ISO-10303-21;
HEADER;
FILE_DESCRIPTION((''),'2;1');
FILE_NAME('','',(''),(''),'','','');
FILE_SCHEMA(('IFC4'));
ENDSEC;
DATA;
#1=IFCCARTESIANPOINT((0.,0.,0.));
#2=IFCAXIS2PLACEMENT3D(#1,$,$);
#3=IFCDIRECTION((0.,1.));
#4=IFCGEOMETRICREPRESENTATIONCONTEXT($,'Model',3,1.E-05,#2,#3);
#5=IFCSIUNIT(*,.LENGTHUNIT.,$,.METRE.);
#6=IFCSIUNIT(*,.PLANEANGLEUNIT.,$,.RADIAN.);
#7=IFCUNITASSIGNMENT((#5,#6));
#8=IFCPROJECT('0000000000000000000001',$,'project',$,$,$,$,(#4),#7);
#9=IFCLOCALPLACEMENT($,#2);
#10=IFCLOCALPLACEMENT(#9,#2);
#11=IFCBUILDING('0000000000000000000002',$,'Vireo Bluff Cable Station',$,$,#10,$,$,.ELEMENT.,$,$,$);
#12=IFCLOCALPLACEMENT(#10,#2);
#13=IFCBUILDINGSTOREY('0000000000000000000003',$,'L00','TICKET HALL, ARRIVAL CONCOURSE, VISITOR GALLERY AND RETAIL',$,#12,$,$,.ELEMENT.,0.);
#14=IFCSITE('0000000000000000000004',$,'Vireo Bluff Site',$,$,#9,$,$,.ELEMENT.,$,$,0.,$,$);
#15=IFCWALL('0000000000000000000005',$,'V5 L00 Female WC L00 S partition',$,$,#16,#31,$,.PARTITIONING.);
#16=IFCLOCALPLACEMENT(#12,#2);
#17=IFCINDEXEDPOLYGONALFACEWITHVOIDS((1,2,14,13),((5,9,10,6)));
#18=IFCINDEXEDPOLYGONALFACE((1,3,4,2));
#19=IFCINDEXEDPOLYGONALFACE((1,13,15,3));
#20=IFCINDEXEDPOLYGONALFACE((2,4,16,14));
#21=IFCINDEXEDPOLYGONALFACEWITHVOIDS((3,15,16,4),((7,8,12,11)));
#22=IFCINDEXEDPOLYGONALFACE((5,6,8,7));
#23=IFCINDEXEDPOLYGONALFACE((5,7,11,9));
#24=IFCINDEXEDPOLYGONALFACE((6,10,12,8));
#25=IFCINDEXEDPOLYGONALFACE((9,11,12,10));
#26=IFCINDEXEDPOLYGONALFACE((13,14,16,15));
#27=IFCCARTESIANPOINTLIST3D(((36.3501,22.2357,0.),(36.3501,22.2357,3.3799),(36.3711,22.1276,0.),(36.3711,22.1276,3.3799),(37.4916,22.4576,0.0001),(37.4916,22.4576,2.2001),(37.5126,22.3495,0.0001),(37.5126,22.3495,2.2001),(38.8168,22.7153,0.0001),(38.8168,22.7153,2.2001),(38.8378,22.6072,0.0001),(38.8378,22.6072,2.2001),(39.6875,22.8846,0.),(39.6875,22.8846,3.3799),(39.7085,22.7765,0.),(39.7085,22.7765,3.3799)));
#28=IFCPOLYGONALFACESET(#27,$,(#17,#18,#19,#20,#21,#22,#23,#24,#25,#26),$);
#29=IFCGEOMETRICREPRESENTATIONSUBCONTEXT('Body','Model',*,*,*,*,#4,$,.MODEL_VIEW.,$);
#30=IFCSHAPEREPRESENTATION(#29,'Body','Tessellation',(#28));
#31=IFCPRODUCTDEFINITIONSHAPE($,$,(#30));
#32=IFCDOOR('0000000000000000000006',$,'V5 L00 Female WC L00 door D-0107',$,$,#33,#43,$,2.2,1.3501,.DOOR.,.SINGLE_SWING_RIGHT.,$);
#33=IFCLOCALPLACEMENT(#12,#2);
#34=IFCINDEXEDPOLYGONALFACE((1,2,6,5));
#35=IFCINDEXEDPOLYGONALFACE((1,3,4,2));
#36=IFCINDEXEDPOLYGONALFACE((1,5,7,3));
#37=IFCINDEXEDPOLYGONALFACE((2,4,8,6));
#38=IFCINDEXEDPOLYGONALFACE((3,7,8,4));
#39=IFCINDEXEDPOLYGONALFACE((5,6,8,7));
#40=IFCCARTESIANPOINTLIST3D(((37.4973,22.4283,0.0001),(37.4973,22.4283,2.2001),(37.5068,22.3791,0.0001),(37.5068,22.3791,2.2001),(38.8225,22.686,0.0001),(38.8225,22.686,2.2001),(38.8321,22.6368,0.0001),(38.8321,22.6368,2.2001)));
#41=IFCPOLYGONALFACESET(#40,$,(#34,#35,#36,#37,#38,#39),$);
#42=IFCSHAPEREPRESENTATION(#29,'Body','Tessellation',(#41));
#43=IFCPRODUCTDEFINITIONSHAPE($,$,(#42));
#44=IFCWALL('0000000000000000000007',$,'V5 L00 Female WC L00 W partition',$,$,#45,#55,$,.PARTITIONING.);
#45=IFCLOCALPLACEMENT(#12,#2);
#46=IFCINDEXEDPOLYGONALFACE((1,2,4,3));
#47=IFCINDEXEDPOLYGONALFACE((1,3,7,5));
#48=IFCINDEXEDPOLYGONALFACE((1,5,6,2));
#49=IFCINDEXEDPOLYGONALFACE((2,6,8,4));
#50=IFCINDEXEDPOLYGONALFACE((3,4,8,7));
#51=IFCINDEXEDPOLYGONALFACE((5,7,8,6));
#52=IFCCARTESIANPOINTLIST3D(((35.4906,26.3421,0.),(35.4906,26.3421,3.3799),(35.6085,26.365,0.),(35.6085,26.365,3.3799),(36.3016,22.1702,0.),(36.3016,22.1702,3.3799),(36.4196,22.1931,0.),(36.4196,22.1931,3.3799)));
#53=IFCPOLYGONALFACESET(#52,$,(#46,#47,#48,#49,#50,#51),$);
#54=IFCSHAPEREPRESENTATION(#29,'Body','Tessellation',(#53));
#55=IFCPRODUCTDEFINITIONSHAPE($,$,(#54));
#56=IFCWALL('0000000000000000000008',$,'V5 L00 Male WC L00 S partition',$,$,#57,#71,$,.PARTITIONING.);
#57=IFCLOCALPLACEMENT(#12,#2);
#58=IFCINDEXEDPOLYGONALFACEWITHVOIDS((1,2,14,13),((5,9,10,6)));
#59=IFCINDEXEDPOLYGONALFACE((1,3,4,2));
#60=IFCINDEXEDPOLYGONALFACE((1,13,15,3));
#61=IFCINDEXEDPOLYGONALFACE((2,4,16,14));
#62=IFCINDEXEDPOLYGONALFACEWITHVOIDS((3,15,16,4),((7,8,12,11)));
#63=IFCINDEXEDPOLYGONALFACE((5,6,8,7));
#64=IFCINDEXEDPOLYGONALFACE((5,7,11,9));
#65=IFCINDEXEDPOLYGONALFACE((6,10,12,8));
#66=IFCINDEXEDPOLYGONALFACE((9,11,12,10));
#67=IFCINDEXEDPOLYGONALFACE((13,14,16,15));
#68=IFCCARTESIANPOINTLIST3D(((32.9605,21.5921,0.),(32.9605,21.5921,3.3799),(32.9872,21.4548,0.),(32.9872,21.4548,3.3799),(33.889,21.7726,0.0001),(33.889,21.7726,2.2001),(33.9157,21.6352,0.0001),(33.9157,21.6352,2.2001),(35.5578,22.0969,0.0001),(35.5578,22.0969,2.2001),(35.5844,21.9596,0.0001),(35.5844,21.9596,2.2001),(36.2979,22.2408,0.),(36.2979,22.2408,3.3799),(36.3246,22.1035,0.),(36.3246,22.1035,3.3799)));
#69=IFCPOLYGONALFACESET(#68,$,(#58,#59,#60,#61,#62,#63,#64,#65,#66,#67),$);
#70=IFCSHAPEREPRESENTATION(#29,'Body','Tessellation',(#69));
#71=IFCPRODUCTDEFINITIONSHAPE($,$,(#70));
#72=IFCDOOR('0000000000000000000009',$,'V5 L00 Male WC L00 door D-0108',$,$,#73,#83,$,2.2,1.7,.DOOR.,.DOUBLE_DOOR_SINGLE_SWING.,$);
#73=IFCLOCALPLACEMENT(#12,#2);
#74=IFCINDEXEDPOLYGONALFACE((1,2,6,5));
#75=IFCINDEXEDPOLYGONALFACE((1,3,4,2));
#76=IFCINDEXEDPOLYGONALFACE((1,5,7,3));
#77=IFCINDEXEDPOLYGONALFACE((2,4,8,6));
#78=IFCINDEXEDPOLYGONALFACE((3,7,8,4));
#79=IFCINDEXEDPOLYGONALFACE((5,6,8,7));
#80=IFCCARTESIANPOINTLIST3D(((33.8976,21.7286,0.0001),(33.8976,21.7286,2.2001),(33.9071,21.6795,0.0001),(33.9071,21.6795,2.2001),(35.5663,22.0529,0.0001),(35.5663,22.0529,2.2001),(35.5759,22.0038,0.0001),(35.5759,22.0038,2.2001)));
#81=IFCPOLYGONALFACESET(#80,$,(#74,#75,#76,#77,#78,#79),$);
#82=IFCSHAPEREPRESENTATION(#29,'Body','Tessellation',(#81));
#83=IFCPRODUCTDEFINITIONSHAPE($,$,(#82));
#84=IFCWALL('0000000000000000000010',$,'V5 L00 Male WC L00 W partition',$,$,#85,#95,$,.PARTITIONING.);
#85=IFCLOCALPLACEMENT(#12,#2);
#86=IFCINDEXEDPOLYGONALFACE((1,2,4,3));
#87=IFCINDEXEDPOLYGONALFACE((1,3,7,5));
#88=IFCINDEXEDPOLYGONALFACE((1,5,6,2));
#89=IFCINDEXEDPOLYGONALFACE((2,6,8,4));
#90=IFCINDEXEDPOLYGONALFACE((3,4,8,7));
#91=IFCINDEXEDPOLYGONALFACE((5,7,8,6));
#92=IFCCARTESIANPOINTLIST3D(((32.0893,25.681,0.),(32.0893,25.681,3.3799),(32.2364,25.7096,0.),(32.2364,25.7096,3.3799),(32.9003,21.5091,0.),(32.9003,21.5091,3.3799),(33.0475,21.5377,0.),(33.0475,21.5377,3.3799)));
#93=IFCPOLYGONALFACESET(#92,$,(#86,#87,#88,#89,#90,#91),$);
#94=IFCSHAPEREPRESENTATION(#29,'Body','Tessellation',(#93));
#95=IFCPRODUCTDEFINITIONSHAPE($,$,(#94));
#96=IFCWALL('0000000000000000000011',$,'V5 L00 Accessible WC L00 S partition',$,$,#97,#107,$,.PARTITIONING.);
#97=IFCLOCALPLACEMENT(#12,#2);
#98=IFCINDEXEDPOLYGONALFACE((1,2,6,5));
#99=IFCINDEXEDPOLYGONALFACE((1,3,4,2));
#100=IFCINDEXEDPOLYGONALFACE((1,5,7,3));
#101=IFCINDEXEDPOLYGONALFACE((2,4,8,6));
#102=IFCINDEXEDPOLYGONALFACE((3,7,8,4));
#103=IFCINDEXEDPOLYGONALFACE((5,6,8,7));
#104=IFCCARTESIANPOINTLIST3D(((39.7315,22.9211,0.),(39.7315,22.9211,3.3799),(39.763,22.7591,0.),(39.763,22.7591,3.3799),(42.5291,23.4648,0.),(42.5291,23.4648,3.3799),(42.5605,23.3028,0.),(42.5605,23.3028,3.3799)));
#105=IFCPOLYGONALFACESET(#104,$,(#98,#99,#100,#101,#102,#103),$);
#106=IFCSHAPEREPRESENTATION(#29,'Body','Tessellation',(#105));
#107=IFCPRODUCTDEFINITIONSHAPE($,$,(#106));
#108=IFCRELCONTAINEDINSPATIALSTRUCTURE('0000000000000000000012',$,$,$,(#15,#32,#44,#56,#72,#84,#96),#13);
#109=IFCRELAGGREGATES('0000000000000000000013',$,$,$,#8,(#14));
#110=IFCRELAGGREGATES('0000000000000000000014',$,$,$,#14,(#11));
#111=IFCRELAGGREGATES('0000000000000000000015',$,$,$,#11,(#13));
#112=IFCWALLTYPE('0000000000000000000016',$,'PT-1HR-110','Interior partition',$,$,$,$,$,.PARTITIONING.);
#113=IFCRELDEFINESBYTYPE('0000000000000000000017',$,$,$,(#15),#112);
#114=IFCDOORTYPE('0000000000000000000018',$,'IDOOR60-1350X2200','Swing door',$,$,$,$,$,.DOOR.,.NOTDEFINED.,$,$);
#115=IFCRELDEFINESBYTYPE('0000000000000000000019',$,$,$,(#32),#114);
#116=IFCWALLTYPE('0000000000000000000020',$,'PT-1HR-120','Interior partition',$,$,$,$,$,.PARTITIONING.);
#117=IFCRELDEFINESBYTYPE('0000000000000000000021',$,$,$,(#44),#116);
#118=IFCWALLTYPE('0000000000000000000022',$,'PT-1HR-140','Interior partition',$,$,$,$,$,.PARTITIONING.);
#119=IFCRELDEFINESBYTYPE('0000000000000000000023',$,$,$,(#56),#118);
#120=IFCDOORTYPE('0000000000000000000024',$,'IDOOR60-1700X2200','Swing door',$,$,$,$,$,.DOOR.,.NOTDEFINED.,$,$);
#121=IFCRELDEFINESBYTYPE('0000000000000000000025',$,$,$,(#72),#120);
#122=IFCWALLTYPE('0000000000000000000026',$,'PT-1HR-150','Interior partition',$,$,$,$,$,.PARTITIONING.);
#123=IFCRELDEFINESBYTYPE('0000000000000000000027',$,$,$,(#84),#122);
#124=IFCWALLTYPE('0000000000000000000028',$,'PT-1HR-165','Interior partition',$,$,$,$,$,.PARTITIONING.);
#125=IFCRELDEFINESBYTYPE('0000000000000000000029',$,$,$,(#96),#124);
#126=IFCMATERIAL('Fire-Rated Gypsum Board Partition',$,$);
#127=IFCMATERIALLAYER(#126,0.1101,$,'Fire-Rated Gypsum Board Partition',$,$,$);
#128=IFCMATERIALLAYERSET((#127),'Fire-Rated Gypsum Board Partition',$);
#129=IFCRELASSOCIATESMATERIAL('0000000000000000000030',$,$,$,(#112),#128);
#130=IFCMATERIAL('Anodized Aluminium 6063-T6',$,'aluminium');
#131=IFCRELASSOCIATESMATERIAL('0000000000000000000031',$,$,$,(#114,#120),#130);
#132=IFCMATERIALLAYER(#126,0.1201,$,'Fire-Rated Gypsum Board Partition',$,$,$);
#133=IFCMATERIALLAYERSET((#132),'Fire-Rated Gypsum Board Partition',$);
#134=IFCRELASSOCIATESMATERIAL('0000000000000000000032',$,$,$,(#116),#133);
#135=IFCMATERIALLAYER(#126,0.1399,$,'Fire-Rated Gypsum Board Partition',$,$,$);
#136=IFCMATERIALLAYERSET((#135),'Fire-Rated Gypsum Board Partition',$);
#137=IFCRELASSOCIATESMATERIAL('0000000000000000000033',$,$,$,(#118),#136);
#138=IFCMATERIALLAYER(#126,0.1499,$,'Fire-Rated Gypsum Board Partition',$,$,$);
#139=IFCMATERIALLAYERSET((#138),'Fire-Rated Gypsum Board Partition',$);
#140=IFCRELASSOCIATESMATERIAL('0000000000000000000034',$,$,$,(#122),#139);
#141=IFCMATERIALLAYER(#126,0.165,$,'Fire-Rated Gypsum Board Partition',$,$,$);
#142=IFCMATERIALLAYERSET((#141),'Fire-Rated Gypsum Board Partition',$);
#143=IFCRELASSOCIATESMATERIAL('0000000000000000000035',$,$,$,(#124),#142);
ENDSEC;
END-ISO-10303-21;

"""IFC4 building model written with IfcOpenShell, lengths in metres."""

from ifc_helpers import new_model, si_unit, direction, frame, frame_2d, origin, origin_with_axes, place, context, subcontext, project, spatial, rectangle, extrude, material, layer, layer_set, type_object, element, fill, save


model = new_model("IFC4")

# Units and contexts
model_context = context("Model", 3, precision=1e-05, world=origin(), true_north=direction((0.0, 1.0)))
body_context = subcontext(model_context, "Body", "Model", "MODEL_VIEW")
ifc_project = project(units=[si_unit("LENGTHUNIT", "METRE"), si_unit("PLANEANGLEUNIT", "RADIAN")], contexts=[model_context])

# Site, building, storey
site_placement = place(None, origin())
site = spatial("IfcSite", under=ifc_project, at=site_placement, Name="Vireo Bluff Site", CompositionType="ELEMENT", RefElevation=0.0)
building_placement = place(site_placement, origin())
building = spatial("IfcBuilding", under=site, at=building_placement, Name="Vireo Bluff Cable Station", CompositionType="ELEMENT")
storey_placement = place(building_placement, origin())
storey = spatial("IfcBuildingStorey", under=building, at=storey_placement, Name="L00", Description="TICKET HALL, ARRIVAL CONCOURSE, VISITOR GALLERY AND RETAIL", CompositionType="ELEMENT", Elevation=0.0)

# Wall, opening, door
ifc_material_1 = material(Name="Fire-Rated Gypsum Board Partition")
ifc_layer_1 = layer(ifc_material_1, 0.1101, Name="Fire-Rated Gypsum Board Partition")
ifc_layer_set_1 = layer_set([ifc_layer_1], Name="Fire-Rated Gypsum Board Partition")
wall_type_1 = type_object("IfcWallType", Name="PT-1HR-110", Description="Interior partition", PredefinedType="PARTITIONING", material=ifc_layer_set_1)
wall_1_placement = place(storey_placement, frame((39.698, 22.8306, 0.0), z_axis=(0.0, 0.0, 1.0), x_axis=(-0.981616, -0.190866, 0.0)))
wall_1 = element("IfcWall", 1, at=wall_1_placement, inside=storey, type_object=wall_type_1, Name="V5 L00 Female WC L00 S partition", PredefinedType="PARTITIONING", context=body_context, shape_type="SweptSolid", body=[
    extrude(rectangle(XDim=3.3999, YDim=0.1101, at=frame_2d((1.7, 0.0))), origin(), (0.0, 0.0, 1.0), 3.3799),
])
opening_1_placement = place(wall_1_placement, frame((0.887, 0.0, 0.0)))
opening_1 = element("IfcOpeningElement", 2, at=opening_1_placement, cuts=wall_1, PredefinedType="OPENING", context=body_context, shape_type="SweptSolid", body=[
    extrude(rectangle(XDim=1.3501, YDim=2.2, at=frame_2d((0.675, 1.1001))), frame((0.0, 0.0649, 0.0), z_axis=(0.0, -1.0, 0.0), x_axis=(1.0, 0.0, 0.0)), (0.0, 0.0, 1.0), 0.1301),
])
ifc_material_2 = material(Name="Anodized Aluminium 6063-T6", Category="aluminium")
door_type_1 = type_object("IfcDoorType", Name="IDOOR60-1350X2200", Description="Swing door", OperationType="NOTDEFINED", PredefinedType="DOOR", material=ifc_material_2)
door_1_placement = place(opening_1_placement, origin_with_axes())
door_1 = element("IfcDoor", 3, at=door_1_placement, inside=storey, type_object=door_type_1, Name="V5 L00 Female WC L00 door D-0107", OperationType="SINGLE_SWING_RIGHT", OverallHeight=2.2, OverallWidth=1.3501, PredefinedType="DOOR", context=body_context, shape_type="SweptSolid", body=[
    extrude(rectangle(XDim=1.3501, YDim=2.2, at=frame_2d((0.675, 1.1001))), frame((0.0, 0.0249, 0.0), z_axis=(0.0, -1.0, 0.0), x_axis=(1.0, 0.0, 0.0)), (0.0, 0.0, 1.0), 0.05),
])
fill(opening_1, door_1)

# Wall
ifc_layer_2 = layer(ifc_material_1, 0.1201, Name="Fire-Rated Gypsum Board Partition")
ifc_layer_set_2 = layer_set([ifc_layer_2], Name="Fire-Rated Gypsum Board Partition")
wall_type_2 = type_object("IfcWallType", Name="PT-1HR-120", Description="Interior partition", PredefinedType="PARTITIONING", material=ifc_layer_set_2)
wall_2_placement = place(storey_placement, frame((36.3606, 22.1816, 0.0), z_axis=(0.0, 0.0, 1.0), x_axis=(-0.190833, 0.981623, 0.0)))
element("IfcWall", 4, at=wall_2_placement, inside=storey, type_object=wall_type_2, Name="V5 L00 Female WC L00 W partition", PredefinedType="PARTITIONING", context=body_context, shape_type="SweptSolid", body=[
    extrude(rectangle(XDim=4.25, YDim=0.1201, at=frame_2d((2.125, 0.0))), origin(), (0.0, 0.0, 1.0), 3.3799),
])

# Wall, opening, door
ifc_layer_3 = layer(ifc_material_1, 0.1399, Name="Fire-Rated Gypsum Board Partition")
ifc_layer_set_3 = layer_set([ifc_layer_3], Name="Fire-Rated Gypsum Board Partition")
wall_type_3 = type_object("IfcWallType", Name="PT-1HR-140", Description="Interior partition", PredefinedType="PARTITIONING", material=ifc_layer_set_3)
wall_3_placement = place(storey_placement, frame((36.3113, 22.1721, 0.0), z_axis=(0.0, 0.0, 1.0), x_axis=(-0.98163, -0.190797, 0.0)))
wall_3 = element("IfcWall", 5, at=wall_3_placement, inside=storey, type_object=wall_type_3, Name="V5 L00 Male WC L00 S partition", PredefinedType="PARTITIONING", context=body_context, shape_type="SweptSolid", body=[
    extrude(rectangle(XDim=3.3999, YDim=0.1399, at=frame_2d((1.7, 0.0))), origin(), (0.0, 0.0, 1.0), 3.3799),
])
opening_2_placement = place(wall_3_placement, frame((0.7539, 0.0, 0.0)))
opening_2 = element("IfcOpeningElement", 6, at=opening_2_placement, cuts=wall_3, PredefinedType="OPENING", context=body_context, shape_type="SweptSolid", body=[
    extrude(rectangle(XDim=1.7, YDim=2.2, at=frame_2d((0.8501, 1.1001))), frame((0.0, 0.0801, 0.0), z_axis=(0.0, -1.0, 0.0), x_axis=(1.0, 0.0, 0.0)), (0.0, 0.0, 1.0), 0.1599),
])
door_type_2 = type_object("IfcDoorType", Name="IDOOR60-1700X2200", Description="Swing door", OperationType="NOTDEFINED", PredefinedType="DOOR", material=ifc_material_2)
door_2_placement = place(opening_2_placement, origin_with_axes())
door_2 = element("IfcDoor", 7, at=door_2_placement, inside=storey, type_object=door_type_2, Name="V5 L00 Male WC L00 door D-0108", OperationType="DOUBLE_DOOR_SINGLE_SWING", OverallHeight=2.2, OverallWidth=1.7, PredefinedType="DOOR", context=body_context, shape_type="SweptSolid", body=[
    extrude(rectangle(XDim=1.7, YDim=2.2, at=frame_2d((0.8501, 1.1001))), frame((0.0, 0.0249, 0.0), z_axis=(0.0, -1.0, 0.0), x_axis=(1.0, 0.0, 0.0)), (0.0, 0.0, 1.0), 0.05),
])
fill(opening_2, door_2)

# Walls
ifc_layer_4 = layer(ifc_material_1, 0.1499, Name="Fire-Rated Gypsum Board Partition")
ifc_layer_set_4 = layer_set([ifc_layer_4], Name="Fire-Rated Gypsum Board Partition")
wall_type_4 = type_object("IfcWallType", Name="PT-1HR-150", Description="Interior partition", PredefinedType="PARTITIONING", material=ifc_layer_set_4)
wall_4_placement = place(storey_placement, frame((32.9739, 21.5234, 0.0), z_axis=(0.0, 0.0, 1.0), x_axis=(-0.190833, 0.981623, 0.0)))
element("IfcWall", 8, at=wall_4_placement, inside=storey, type_object=wall_type_4, Name="V5 L00 Male WC L00 W partition", PredefinedType="PARTITIONING", context=body_context, shape_type="SweptSolid", body=[
    extrude(rectangle(XDim=4.25, YDim=0.1499, at=frame_2d((2.125, 0.0))), origin(), (0.0, 0.0, 1.0), 3.3799),
])
ifc_layer_5 = layer(ifc_material_1, 0.165, Name="Fire-Rated Gypsum Board Partition")
ifc_layer_set_5 = layer_set([ifc_layer_5], Name="Fire-Rated Gypsum Board Partition")
wall_type_5 = type_object("IfcWallType", Name="PT-1HR-165", Description="Interior partition", PredefinedType="PARTITIONING", material=ifc_layer_set_5)
wall_5_placement = place(storey_placement, frame((42.5447, 23.3838, 0.0), z_axis=(0.0, 0.0, 1.0), x_axis=(-0.981634, -0.190776, 0.0)))
element("IfcWall", 9, at=wall_5_placement, inside=storey, type_object=wall_type_5, Name="V5 L00 Accessible WC L00 S partition", PredefinedType="PARTITIONING", context=body_context, shape_type="SweptSolid", body=[
    extrude(rectangle(XDim=2.8499, YDim=0.165, at=frame_2d((1.4248, 0.0))), origin(), (0.0, 0.0, 1.0), 3.3799),
])

save(model, "model.ifc")
